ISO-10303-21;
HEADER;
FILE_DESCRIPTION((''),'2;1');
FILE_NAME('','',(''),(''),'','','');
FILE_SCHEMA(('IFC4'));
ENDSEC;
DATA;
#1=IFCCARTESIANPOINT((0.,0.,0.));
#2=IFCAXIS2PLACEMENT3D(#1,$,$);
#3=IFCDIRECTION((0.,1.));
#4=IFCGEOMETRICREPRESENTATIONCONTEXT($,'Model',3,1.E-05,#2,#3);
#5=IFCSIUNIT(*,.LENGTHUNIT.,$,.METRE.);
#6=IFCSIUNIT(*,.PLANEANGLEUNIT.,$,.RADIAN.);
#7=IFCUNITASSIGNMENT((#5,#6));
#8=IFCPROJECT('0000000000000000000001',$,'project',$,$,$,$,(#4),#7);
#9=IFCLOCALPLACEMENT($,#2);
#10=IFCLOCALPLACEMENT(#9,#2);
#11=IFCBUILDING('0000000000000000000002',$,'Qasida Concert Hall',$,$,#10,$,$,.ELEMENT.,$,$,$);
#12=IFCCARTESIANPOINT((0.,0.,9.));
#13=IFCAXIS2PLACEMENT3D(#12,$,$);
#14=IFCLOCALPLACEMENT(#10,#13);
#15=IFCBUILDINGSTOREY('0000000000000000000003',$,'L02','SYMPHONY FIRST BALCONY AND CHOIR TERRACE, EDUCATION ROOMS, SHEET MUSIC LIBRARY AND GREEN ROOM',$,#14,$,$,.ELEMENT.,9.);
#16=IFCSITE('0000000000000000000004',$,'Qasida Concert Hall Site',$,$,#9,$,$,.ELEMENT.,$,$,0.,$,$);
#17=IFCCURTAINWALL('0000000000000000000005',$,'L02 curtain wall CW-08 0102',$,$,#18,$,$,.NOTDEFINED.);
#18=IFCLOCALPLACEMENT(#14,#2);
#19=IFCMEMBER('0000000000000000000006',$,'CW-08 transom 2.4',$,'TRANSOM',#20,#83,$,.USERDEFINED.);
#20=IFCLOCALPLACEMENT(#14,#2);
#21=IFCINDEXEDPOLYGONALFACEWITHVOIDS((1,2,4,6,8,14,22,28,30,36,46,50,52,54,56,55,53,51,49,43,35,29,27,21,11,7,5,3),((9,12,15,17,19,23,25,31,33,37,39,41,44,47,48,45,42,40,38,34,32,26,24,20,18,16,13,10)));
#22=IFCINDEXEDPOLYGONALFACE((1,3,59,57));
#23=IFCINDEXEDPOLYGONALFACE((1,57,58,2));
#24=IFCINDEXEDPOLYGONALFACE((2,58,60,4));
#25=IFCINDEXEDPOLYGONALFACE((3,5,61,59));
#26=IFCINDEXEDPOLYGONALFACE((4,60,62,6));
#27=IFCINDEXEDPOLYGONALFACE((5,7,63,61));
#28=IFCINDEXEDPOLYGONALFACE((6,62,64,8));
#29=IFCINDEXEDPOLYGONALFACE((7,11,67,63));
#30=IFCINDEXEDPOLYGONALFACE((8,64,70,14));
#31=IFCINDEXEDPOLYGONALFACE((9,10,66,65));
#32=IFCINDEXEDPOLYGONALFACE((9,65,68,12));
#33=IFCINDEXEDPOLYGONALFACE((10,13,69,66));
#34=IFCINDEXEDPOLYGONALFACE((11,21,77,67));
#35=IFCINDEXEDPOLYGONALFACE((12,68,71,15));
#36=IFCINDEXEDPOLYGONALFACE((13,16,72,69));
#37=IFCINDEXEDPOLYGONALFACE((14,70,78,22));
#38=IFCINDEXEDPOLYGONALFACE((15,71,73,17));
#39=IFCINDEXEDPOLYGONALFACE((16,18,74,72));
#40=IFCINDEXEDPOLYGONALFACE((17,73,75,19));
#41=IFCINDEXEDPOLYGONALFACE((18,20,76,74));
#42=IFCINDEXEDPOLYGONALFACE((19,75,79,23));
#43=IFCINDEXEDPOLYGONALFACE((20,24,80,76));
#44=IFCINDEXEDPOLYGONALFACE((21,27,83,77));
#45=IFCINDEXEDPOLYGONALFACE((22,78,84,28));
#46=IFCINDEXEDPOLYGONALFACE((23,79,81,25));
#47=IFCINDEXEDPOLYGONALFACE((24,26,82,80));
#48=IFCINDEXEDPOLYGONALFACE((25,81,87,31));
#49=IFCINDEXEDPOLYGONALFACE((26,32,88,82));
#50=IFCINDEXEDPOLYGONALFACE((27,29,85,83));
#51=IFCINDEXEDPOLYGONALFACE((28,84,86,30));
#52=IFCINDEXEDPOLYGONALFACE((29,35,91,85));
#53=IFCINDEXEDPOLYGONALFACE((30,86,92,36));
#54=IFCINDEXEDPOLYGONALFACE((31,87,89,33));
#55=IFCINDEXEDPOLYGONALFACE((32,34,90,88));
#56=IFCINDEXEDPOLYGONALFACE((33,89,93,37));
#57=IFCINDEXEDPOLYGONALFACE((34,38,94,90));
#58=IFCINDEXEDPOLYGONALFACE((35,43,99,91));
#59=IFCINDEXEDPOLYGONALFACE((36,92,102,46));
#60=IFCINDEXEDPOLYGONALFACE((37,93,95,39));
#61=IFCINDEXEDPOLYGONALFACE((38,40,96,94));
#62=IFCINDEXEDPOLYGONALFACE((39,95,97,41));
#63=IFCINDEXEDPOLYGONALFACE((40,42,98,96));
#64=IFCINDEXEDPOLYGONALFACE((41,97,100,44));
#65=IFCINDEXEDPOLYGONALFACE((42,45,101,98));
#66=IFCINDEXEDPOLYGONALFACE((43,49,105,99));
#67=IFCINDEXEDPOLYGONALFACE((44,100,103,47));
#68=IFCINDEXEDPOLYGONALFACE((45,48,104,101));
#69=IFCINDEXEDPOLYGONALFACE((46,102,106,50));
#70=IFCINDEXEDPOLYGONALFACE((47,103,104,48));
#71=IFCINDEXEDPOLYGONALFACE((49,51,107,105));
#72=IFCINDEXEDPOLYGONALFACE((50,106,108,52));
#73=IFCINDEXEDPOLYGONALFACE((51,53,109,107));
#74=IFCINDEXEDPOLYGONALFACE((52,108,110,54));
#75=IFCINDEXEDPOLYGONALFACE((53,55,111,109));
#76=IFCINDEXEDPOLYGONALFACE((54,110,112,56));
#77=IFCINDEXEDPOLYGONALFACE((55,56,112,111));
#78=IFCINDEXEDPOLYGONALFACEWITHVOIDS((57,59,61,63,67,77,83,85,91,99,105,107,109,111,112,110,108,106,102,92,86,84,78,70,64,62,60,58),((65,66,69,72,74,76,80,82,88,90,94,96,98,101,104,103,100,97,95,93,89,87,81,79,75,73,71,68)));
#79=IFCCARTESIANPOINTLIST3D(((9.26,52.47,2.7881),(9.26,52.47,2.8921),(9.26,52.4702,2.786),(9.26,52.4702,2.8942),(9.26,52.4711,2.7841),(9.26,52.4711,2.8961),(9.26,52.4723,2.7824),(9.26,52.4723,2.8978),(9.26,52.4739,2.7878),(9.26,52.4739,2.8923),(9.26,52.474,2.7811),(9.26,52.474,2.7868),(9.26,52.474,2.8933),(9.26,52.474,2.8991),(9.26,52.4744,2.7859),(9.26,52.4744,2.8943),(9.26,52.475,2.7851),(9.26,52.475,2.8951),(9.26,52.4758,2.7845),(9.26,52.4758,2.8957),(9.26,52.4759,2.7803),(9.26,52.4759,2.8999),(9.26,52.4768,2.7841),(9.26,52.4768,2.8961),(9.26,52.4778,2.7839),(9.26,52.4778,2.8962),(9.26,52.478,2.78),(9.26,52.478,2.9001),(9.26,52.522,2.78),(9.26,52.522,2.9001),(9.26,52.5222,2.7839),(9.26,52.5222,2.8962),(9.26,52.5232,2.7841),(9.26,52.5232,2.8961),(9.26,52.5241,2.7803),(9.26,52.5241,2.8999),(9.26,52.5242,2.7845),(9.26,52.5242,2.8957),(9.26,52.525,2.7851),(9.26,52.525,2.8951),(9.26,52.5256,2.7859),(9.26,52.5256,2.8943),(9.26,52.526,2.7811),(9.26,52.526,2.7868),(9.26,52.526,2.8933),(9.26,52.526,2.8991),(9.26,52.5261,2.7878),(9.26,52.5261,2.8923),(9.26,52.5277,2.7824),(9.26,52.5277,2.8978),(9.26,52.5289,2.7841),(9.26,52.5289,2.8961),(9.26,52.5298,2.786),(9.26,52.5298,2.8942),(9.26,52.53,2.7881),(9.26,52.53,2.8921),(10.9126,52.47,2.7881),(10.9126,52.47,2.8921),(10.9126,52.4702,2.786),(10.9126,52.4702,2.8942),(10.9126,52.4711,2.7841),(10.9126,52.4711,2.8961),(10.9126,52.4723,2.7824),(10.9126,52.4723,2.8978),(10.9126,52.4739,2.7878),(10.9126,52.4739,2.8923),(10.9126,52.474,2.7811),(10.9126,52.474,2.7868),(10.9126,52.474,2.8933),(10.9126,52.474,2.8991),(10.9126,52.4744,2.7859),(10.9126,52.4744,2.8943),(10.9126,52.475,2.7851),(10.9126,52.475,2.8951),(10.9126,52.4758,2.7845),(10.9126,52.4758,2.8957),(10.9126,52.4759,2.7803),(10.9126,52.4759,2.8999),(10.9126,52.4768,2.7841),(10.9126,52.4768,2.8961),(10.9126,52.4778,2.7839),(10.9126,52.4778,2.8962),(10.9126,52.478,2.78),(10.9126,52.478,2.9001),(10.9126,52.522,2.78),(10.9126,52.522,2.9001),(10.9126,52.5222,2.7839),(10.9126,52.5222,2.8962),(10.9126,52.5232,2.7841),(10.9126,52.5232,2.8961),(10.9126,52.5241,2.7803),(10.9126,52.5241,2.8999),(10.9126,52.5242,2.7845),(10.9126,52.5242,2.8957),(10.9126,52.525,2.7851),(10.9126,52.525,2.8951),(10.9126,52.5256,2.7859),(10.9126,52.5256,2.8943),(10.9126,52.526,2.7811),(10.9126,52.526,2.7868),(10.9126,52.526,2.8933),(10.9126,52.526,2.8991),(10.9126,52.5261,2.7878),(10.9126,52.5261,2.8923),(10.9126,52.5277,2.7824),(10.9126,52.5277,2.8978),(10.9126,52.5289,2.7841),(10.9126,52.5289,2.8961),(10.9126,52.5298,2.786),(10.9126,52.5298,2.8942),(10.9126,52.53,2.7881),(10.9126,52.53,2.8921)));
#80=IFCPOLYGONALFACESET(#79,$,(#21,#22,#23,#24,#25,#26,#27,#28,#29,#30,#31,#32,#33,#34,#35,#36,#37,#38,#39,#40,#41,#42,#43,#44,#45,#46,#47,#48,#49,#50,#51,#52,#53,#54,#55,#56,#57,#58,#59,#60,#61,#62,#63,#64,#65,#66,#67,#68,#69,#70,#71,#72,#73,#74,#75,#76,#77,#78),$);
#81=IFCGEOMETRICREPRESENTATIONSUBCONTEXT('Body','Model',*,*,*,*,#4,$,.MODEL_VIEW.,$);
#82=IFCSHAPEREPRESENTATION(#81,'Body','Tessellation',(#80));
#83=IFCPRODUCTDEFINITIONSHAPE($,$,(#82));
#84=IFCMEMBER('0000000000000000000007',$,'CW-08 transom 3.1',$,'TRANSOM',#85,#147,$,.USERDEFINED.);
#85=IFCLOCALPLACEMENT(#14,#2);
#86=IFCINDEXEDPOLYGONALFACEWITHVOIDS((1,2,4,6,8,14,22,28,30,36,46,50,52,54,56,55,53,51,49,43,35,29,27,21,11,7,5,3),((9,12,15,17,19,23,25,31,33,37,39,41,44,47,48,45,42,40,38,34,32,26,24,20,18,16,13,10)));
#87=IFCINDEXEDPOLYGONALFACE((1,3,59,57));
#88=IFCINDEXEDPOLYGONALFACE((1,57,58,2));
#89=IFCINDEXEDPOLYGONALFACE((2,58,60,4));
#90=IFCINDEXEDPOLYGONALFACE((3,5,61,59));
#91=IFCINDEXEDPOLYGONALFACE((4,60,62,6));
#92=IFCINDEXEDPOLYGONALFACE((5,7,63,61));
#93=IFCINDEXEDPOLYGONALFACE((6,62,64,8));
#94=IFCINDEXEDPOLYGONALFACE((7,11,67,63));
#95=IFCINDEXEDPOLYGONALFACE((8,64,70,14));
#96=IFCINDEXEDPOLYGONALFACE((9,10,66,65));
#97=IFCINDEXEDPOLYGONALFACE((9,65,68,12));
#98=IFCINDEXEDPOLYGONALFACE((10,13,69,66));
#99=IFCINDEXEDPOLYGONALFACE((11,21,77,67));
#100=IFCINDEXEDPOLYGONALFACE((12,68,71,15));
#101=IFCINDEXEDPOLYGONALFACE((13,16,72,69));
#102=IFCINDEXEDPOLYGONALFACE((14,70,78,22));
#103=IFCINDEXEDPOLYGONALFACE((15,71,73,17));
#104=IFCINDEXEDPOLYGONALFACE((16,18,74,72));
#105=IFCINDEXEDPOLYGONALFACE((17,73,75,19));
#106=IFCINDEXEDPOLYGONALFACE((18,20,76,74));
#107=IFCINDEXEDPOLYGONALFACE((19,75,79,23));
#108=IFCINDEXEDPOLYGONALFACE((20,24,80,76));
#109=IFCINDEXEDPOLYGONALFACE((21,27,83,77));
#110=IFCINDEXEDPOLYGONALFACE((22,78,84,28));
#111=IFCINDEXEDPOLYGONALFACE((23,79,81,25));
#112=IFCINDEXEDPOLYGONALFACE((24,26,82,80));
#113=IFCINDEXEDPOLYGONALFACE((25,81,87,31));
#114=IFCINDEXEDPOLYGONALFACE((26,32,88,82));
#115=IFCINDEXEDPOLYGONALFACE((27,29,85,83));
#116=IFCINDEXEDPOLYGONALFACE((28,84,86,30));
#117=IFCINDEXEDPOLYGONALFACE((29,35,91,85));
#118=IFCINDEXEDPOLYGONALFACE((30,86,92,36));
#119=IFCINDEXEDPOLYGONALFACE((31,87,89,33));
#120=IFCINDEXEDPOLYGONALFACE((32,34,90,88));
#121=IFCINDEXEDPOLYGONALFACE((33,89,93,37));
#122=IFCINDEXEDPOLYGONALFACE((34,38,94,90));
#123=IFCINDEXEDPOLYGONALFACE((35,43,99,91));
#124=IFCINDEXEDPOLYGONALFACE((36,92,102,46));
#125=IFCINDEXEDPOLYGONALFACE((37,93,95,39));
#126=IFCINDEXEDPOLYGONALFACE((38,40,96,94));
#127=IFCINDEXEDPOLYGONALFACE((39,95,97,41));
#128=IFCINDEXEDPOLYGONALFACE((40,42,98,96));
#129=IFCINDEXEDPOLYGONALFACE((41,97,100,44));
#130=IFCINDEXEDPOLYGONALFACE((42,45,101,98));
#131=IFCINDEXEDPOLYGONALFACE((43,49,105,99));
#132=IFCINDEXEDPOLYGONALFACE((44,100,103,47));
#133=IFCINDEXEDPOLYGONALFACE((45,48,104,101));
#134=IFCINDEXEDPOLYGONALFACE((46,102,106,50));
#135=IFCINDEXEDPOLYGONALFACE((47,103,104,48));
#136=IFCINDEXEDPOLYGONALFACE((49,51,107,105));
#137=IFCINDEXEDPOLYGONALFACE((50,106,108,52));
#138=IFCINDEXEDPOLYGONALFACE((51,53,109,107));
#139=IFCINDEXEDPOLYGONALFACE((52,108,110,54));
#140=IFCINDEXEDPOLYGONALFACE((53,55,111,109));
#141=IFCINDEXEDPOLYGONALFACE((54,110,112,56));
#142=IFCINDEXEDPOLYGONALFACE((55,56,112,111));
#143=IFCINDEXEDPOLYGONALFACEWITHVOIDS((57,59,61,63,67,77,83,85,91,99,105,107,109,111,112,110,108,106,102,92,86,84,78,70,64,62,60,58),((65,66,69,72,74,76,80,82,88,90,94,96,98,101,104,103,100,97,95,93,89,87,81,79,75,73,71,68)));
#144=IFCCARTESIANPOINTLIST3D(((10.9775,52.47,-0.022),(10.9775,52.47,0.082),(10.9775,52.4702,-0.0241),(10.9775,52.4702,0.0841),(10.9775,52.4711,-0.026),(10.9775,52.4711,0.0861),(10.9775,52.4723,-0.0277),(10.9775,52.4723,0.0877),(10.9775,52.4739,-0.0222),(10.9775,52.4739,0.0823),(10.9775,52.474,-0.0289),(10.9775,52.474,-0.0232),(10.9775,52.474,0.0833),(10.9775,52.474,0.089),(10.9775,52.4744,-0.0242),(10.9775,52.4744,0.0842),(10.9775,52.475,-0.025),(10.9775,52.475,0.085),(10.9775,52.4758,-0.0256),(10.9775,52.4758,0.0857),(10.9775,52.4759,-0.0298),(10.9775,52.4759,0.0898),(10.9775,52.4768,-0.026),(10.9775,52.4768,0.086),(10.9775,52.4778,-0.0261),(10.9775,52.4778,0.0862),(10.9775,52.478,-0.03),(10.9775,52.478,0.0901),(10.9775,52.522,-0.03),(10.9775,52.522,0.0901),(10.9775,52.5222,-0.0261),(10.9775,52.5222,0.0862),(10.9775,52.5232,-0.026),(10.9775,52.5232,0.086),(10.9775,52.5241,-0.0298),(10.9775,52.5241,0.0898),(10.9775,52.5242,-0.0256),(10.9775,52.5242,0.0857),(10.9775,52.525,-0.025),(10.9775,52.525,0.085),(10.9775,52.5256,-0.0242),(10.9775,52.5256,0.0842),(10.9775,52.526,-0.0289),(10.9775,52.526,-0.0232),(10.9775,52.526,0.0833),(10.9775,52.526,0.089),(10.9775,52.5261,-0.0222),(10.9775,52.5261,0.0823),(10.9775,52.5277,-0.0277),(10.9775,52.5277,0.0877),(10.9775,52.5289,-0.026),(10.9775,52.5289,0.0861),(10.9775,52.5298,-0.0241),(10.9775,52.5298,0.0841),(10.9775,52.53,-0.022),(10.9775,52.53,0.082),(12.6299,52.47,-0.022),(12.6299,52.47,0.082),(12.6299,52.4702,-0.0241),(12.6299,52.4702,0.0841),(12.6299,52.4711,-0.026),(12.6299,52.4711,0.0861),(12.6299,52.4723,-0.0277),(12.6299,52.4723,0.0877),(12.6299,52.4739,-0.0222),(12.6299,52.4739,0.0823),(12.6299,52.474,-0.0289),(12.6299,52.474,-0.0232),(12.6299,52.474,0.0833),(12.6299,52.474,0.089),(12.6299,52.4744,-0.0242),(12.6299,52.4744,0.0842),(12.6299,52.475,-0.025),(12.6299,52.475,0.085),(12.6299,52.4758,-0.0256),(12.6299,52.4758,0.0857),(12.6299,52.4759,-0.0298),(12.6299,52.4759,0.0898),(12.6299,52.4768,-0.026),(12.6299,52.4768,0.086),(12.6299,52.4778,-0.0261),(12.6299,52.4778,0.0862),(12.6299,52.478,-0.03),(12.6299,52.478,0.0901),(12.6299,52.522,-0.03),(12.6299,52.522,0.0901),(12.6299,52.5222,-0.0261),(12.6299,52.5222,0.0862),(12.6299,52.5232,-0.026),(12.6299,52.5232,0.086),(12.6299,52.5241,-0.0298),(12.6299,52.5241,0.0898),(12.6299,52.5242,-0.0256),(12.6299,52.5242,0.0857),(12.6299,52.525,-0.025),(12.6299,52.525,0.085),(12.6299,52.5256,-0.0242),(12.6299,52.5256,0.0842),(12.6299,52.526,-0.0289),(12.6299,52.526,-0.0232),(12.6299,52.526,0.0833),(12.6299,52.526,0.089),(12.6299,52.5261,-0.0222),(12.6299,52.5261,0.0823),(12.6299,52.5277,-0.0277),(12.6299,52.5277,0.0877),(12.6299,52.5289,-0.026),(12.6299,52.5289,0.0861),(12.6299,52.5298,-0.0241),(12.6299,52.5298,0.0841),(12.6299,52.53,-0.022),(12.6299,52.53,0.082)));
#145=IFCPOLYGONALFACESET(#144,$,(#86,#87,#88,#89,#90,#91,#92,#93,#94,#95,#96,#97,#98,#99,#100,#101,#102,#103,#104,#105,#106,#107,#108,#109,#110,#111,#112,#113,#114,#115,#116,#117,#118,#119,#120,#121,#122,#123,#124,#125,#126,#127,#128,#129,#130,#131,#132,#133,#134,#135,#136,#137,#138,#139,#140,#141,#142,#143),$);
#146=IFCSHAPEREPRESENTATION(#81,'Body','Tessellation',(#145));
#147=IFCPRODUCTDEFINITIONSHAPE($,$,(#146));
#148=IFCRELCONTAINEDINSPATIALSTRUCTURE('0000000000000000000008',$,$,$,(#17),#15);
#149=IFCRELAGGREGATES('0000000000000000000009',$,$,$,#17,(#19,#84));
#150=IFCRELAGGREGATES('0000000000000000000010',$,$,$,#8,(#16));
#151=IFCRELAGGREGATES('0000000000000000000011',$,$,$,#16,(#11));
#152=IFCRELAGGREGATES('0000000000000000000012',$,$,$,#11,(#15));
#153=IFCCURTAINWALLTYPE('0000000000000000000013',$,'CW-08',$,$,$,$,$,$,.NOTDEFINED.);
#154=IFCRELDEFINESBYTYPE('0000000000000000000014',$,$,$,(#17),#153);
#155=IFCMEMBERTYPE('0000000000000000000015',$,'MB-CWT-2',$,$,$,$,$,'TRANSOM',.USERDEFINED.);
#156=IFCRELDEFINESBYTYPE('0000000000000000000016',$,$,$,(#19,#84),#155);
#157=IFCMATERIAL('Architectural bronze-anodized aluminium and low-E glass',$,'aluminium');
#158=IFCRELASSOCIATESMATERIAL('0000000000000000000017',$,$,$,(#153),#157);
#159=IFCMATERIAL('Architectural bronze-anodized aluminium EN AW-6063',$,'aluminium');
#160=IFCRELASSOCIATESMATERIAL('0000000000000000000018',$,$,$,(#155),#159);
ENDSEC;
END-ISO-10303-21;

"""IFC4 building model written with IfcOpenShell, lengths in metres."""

from ifc_helpers import new_model, si_unit, direction, frame, origin, origin_2d, place, context, subcontext, project, spatial, hollow_rectangle, extrude, material, material_profile, profile_set, type_object, element, aggregate, save


model = new_model("IFC4")

# Units and contexts
model_context = context("Model", 3, precision=1e-05, world=origin(), true_north=direction((0.0, 1.0)))
body_context = subcontext(model_context, "Body", "Model", "MODEL_VIEW")
ifc_project = project(units=[si_unit("LENGTHUNIT", "METRE"), si_unit("PLANEANGLEUNIT", "RADIAN")], contexts=[model_context])

# Site, building, storey
site_placement = place(None, origin())
site = spatial("IfcSite", under=ifc_project, at=site_placement, Name="Qasida Concert Hall Site", CompositionType="ELEMENT", RefElevation=0.0)
building_placement = place(site_placement, origin())
building = spatial("IfcBuilding", under=site, at=building_placement, Name="Qasida Concert Hall", CompositionType="ELEMENT")
storey_placement = place(building_placement, frame((0.0, 0.0, 9.0)))
storey = spatial("IfcBuildingStorey", under=building, at=storey_placement, Name="L02", Description="SYMPHONY FIRST BALCONY AND CHOIR TERRACE, EDUCATION ROOMS, SHEET MUSIC LIBRARY AND GREEN ROOM", CompositionType="ELEMENT", Elevation=9.0)

# Curtain wall, members
ifc_material_1 = material(Name="Architectural bronze-anodized aluminium and low-E glass", Category="aluminium")
curtain_wall_type = type_object("IfcCurtainWallType", Name="CW-08", PredefinedType="NOTDEFINED", material=ifc_material_1)
curtain_wall_placement = place(storey_placement, origin())
curtain_wall = element("IfcCurtainWall", 1, at=curtain_wall_placement, inside=storey, type_object=curtain_wall_type, Name="L02 curtain wall CW-08 0102", PredefinedType="NOTDEFINED")
ifc_material_2 = material(Name="Architectural bronze-anodized aluminium EN AW-6063", Category="aluminium")
ifc_material_profile_1 = material_profile(ifc_material_2, hollow_rectangle(XDim=0.0601, YDim=0.1201, WallThickness=0.0039, InnerFilletRadius=0.0039, OuterFilletRadius=0.0081, at=origin_2d()), Name="CWT 120x60x4")
ifc_profile_set_1 = profile_set([ifc_material_profile_1], Name="Architectural bronze-anodized aluminium EN AW-6063")
member_type_1 = type_object("IfcMemberType", Name="MB-CWT-2", ElementType="TRANSOM", PredefinedType="USERDEFINED", material=ifc_profile_set_1)
member_1_placement = place(storey_placement, frame((9.26, 52.5, 2.8401), z_axis=(1.0, 0.0, 0.0), x_axis=(0.0, 1.0, 0.0)))
member_1 = element("IfcMember", 2, at=member_1_placement, type_object=member_type_1, Name="CW-08 transom 2.4", ObjectType="TRANSOM", PredefinedType="USERDEFINED", context=body_context, shape_type="SweptSolid", body=[
    extrude(hollow_rectangle(XDim=0.0601, YDim=0.1201, WallThickness=0.0039, InnerFilletRadius=0.0039, OuterFilletRadius=0.0081, at=origin_2d()), origin(), (0.0, 0.0, 1.0), 1.6526),
])
member_2_placement = place(storey_placement, frame((10.9775, 52.5, 0.03), z_axis=(1.0, 0.0, 0.0), x_axis=(0.0, 1.0, 0.0)))
member_2 = element("IfcMember", 3, at=member_2_placement, type_object=member_type_1, Name="CW-08 transom 3.1", ObjectType="TRANSOM", PredefinedType="USERDEFINED", context=body_context, shape_type="SweptSolid", body=[
    extrude(hollow_rectangle(XDim=0.0601, YDim=0.1201, WallThickness=0.0039, InnerFilletRadius=0.0039, OuterFilletRadius=0.0081, at=origin_2d()), origin(), (0.0, 0.0, 1.0), 1.6523),
])
aggregate(curtain_wall, [member_1, member_2])

save(model, "model.ifc")
